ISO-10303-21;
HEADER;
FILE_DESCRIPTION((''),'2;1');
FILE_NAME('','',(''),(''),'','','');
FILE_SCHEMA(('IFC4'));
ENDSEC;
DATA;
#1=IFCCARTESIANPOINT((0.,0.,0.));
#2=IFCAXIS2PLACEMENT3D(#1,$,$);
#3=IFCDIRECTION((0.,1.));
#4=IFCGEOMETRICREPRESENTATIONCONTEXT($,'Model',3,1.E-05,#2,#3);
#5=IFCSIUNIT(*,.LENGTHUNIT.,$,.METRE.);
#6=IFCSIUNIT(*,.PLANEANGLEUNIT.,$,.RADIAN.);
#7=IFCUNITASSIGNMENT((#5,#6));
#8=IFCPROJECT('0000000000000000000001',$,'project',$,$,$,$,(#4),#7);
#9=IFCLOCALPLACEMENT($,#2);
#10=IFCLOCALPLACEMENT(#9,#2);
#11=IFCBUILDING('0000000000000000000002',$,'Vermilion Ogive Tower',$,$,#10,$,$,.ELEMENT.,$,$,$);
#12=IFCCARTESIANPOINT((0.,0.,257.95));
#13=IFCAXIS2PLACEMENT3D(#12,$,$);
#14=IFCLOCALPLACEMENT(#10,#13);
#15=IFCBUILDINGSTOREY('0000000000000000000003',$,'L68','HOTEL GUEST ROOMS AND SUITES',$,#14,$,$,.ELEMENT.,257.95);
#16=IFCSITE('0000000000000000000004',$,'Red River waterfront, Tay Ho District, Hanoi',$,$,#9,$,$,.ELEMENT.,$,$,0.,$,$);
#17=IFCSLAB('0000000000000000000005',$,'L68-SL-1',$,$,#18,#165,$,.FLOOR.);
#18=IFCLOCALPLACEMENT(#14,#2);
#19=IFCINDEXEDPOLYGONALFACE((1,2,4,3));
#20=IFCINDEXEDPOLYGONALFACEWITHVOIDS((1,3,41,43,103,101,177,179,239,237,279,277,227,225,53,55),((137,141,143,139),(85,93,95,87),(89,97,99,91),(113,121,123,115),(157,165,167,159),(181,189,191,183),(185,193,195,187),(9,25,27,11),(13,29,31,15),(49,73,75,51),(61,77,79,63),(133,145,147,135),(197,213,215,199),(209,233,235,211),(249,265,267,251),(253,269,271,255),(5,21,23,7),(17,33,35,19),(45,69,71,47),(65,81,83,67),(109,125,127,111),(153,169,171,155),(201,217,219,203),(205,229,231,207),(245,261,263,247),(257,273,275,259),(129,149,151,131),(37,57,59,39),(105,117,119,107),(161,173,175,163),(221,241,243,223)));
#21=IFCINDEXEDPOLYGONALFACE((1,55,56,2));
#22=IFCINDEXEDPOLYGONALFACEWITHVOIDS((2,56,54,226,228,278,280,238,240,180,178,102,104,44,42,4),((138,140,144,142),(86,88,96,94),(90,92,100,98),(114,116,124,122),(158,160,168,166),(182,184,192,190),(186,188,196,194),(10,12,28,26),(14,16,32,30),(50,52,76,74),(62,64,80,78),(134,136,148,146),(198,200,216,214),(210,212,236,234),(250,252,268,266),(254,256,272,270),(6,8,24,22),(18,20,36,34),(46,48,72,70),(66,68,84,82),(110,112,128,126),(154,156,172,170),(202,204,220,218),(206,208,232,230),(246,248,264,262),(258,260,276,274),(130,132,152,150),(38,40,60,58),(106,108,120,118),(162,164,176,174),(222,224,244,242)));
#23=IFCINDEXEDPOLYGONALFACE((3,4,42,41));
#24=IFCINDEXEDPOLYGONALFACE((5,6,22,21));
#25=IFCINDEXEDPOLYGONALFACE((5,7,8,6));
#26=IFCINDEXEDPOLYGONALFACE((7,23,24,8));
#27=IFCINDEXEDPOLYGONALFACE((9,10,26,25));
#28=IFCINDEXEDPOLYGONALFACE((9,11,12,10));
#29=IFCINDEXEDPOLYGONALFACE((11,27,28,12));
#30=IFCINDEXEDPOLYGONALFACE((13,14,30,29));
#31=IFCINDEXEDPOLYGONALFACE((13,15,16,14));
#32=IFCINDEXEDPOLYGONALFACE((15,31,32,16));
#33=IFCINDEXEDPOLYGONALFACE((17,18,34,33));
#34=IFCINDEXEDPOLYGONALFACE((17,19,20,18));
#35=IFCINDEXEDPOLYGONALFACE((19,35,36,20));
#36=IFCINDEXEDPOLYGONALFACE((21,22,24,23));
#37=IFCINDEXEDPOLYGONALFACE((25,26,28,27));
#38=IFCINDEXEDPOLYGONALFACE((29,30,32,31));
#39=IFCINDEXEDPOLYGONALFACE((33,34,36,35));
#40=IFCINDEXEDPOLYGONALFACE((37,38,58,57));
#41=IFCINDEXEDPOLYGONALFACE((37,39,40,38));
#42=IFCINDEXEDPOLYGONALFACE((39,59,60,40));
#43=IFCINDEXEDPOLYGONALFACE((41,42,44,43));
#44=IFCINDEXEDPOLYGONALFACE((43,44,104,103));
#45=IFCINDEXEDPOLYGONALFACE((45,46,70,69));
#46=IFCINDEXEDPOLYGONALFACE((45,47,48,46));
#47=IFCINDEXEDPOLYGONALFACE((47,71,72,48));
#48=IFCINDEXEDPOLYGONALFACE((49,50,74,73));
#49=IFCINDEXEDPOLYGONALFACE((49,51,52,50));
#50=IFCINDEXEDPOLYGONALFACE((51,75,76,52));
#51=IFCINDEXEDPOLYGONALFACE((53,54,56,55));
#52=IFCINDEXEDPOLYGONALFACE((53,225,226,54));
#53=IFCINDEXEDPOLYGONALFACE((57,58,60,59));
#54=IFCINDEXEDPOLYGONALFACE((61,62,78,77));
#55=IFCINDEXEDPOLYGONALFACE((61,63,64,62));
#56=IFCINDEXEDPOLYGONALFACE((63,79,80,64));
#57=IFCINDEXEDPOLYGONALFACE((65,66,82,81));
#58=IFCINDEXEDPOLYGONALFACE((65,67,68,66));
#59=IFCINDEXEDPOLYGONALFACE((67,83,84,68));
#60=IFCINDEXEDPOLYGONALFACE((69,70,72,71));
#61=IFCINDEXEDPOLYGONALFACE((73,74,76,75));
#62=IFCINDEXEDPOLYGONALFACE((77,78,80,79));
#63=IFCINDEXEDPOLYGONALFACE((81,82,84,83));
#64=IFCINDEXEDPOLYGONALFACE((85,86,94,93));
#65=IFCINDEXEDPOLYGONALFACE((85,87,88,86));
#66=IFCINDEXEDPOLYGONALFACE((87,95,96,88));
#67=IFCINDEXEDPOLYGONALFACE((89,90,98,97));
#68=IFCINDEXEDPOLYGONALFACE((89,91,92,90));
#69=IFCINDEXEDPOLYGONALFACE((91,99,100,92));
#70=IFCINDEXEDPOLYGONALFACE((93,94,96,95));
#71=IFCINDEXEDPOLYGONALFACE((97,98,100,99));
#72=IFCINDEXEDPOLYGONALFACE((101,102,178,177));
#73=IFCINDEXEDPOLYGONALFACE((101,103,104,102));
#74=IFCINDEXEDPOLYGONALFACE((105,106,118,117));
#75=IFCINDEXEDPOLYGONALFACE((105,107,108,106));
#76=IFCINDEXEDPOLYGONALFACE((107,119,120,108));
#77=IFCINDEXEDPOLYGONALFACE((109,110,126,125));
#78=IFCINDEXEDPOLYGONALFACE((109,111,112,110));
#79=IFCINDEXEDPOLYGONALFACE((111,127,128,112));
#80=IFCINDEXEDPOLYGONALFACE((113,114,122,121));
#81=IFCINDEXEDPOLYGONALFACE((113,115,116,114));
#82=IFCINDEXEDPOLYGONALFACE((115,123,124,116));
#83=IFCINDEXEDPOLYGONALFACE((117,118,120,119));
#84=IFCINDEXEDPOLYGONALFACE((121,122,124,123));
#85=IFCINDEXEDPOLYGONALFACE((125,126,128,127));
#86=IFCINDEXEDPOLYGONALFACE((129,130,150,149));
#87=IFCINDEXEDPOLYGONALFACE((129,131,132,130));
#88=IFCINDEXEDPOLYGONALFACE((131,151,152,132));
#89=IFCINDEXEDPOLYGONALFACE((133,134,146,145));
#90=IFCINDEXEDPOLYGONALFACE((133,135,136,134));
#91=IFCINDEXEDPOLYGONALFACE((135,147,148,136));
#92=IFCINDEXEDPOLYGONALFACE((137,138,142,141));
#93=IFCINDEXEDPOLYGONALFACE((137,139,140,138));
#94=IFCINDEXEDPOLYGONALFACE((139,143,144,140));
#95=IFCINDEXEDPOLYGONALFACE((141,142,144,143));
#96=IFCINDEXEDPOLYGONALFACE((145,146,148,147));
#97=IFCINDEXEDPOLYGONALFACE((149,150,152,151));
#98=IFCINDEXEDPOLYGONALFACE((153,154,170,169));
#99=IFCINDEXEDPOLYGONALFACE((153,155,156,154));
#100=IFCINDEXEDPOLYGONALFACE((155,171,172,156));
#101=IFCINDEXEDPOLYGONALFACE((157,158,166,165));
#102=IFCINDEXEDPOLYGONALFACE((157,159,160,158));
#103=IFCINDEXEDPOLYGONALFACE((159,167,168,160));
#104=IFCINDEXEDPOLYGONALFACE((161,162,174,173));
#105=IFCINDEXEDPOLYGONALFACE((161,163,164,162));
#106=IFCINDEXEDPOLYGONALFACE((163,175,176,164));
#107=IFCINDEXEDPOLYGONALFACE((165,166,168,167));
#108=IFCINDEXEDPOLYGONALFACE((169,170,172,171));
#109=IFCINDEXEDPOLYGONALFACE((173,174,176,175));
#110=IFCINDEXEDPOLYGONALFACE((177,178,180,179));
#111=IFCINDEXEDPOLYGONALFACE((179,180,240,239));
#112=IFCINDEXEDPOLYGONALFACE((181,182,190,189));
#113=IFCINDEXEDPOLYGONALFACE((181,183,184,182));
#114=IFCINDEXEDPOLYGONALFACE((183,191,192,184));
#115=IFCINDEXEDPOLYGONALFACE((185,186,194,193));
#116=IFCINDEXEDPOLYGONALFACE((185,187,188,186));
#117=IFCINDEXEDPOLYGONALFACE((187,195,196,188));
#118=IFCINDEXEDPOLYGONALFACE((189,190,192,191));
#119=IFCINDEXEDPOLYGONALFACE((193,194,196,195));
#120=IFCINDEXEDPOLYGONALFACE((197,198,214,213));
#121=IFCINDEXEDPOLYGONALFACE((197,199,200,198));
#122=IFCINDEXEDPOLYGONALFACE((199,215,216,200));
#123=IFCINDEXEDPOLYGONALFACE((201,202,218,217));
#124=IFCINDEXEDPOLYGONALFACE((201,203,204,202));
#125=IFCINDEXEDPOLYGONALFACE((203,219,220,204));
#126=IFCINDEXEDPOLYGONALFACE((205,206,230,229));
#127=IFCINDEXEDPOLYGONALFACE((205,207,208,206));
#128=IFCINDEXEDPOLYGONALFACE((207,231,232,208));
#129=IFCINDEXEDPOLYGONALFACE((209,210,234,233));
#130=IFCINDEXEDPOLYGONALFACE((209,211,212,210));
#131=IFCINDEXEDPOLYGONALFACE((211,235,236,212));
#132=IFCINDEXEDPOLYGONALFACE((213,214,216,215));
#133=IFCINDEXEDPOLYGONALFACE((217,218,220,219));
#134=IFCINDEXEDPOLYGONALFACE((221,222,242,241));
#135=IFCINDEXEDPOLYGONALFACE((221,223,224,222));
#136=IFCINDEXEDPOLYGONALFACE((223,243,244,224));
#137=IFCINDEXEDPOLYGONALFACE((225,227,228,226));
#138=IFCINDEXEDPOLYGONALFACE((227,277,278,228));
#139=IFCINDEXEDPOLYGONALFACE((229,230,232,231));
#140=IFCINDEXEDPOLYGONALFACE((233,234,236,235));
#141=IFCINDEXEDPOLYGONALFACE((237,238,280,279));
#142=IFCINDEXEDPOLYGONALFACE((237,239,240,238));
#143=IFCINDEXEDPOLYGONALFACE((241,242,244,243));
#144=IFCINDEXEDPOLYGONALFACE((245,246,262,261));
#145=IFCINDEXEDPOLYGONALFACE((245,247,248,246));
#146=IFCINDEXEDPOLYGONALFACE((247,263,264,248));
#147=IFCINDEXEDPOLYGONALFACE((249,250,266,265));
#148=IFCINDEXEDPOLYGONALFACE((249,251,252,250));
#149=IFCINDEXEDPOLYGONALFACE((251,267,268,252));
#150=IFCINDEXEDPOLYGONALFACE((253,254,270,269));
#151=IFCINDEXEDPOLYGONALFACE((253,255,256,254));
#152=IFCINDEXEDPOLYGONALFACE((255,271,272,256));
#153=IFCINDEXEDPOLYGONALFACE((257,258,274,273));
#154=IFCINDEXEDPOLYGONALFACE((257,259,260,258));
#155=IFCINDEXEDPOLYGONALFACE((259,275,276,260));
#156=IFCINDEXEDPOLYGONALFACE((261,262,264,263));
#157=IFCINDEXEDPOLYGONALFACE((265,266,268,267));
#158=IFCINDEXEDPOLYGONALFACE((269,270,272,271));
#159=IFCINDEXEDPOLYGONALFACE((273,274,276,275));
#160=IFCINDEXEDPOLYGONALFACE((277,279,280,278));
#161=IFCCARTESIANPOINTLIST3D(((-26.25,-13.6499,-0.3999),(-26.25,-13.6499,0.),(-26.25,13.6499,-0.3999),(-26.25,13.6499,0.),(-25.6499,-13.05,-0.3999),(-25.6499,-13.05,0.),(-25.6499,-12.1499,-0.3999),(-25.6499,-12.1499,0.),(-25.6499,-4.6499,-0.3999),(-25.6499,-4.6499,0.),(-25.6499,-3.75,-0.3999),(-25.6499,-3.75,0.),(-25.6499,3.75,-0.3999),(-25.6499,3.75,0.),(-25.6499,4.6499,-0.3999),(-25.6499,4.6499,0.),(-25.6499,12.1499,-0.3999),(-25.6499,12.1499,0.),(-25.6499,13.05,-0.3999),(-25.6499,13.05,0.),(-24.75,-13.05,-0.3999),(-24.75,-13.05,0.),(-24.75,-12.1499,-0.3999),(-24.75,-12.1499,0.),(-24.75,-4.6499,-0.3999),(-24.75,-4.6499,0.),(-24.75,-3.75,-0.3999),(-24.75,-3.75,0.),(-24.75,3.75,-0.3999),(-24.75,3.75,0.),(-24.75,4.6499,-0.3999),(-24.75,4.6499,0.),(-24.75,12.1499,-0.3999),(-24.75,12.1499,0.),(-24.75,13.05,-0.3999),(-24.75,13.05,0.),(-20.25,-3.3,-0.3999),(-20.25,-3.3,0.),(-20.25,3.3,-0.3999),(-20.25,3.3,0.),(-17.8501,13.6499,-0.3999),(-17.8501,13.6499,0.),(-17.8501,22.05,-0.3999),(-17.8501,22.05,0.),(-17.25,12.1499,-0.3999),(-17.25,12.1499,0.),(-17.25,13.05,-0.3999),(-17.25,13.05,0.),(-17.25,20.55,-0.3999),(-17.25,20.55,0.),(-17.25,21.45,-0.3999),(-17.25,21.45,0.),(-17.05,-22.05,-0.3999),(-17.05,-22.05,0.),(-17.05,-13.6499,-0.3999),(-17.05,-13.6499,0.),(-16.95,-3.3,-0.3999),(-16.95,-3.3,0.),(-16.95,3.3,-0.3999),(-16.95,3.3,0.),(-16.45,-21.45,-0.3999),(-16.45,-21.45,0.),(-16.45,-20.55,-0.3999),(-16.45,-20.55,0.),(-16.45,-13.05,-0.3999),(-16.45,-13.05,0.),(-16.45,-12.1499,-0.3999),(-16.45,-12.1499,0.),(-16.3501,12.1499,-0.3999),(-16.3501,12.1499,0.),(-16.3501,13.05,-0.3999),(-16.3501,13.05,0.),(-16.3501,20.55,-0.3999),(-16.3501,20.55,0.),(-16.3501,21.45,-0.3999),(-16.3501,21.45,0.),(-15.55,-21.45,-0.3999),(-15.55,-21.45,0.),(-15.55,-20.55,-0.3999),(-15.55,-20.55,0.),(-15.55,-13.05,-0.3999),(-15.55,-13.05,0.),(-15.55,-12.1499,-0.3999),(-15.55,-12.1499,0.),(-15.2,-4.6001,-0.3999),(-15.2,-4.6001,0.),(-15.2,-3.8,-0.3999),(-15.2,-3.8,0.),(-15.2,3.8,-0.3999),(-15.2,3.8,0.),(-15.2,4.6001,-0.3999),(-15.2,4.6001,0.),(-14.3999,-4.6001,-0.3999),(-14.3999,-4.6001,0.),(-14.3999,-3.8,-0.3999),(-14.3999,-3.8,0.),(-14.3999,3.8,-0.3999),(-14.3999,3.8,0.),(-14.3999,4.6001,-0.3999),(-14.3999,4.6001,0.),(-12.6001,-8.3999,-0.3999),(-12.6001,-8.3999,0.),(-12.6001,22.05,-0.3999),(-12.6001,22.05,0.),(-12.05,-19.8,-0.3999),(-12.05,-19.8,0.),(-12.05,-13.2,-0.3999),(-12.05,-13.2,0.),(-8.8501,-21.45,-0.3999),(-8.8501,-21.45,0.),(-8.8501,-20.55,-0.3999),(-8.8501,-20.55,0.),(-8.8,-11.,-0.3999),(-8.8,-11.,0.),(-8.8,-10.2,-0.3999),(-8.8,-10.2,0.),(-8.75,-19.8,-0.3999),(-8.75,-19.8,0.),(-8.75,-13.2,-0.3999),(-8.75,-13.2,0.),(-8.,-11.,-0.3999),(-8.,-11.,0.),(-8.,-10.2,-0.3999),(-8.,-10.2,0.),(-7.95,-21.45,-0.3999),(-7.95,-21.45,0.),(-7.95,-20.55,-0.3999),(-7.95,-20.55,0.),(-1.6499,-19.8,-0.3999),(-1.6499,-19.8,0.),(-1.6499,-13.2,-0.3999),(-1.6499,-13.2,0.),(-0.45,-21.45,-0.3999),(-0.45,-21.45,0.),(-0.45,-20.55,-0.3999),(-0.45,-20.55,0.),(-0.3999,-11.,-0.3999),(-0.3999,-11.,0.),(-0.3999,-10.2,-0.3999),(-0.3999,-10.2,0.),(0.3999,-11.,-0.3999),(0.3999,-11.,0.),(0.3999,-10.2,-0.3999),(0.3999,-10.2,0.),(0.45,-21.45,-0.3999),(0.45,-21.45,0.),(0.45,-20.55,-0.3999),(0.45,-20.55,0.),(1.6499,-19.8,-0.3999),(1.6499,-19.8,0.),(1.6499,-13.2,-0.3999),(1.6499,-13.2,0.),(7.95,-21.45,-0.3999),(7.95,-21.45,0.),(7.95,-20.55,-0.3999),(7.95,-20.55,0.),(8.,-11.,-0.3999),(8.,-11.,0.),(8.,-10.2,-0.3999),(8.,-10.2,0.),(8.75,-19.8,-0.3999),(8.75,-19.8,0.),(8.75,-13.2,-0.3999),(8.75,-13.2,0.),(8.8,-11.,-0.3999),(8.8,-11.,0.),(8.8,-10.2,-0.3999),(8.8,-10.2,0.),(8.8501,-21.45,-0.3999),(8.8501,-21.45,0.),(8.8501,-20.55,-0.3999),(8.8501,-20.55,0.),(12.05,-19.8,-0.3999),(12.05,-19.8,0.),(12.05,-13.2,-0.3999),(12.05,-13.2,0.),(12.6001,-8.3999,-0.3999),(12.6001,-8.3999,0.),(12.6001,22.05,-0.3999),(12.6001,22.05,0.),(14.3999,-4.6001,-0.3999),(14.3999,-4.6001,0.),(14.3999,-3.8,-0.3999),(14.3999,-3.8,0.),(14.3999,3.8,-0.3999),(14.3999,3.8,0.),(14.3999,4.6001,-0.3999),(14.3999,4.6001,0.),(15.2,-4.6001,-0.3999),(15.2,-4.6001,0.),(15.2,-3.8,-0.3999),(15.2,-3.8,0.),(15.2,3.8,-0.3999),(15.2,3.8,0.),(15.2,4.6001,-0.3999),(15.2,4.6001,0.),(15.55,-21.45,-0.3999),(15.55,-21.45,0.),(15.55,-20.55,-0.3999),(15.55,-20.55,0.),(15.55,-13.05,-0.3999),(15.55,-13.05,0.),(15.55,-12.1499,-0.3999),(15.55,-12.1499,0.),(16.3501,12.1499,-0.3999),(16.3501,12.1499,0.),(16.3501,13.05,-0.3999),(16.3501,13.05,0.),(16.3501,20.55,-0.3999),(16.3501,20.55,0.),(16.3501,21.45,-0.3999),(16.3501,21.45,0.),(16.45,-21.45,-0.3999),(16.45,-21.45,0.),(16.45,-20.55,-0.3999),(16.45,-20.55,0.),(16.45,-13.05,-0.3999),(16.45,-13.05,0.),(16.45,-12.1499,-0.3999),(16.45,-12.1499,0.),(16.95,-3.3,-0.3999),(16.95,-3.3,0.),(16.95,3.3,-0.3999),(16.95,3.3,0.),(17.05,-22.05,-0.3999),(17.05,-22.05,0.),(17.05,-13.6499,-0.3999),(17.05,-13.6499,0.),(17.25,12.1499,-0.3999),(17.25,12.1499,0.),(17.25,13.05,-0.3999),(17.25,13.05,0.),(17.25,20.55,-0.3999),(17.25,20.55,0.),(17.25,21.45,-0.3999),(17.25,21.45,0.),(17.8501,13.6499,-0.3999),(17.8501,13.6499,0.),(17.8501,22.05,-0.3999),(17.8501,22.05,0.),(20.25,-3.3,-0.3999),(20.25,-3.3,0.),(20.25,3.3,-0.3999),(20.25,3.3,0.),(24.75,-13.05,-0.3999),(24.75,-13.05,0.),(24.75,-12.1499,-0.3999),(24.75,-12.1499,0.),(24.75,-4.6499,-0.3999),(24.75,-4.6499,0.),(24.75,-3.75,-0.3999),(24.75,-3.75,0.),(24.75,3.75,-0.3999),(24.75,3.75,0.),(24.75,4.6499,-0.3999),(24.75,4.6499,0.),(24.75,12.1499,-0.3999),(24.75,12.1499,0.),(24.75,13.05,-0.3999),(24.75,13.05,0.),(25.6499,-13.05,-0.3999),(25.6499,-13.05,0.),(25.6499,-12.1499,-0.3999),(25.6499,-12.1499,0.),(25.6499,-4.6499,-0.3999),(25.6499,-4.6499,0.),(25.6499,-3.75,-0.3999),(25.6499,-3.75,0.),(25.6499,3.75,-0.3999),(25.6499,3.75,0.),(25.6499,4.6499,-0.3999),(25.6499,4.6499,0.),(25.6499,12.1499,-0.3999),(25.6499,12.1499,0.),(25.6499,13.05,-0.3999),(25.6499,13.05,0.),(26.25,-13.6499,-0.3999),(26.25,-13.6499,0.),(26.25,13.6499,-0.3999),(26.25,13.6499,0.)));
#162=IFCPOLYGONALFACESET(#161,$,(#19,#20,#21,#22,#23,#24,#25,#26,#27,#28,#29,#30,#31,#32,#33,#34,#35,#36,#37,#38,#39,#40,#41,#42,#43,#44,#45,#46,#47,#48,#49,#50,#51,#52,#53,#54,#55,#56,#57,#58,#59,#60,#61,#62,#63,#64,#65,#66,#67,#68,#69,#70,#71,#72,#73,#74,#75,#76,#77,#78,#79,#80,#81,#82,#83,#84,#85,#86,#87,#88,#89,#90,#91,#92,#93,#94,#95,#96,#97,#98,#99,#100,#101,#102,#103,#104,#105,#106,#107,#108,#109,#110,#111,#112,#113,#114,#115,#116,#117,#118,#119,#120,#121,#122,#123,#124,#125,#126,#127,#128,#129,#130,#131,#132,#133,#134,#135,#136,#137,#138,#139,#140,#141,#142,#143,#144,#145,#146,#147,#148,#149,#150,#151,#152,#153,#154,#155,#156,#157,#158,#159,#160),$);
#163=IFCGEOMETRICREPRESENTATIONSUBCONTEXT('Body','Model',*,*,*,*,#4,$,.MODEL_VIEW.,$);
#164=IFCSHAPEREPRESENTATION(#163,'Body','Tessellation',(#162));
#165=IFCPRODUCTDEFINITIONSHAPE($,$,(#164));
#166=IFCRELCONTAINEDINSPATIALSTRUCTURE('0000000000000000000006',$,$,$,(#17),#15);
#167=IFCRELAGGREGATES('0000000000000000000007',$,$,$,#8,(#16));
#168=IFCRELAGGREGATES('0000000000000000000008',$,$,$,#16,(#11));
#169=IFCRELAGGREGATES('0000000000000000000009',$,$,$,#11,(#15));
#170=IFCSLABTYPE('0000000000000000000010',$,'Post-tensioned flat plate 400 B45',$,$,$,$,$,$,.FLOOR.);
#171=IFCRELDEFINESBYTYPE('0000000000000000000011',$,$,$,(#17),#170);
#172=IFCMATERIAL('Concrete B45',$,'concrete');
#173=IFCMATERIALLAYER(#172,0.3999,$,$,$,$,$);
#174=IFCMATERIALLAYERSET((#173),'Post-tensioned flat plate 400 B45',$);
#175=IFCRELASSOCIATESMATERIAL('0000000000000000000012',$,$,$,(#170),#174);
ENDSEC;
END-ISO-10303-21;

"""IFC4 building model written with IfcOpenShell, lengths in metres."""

from ifc_helpers import new_model, si_unit, direction, frame, origin, place, context, subcontext, project, spatial, polyline, outline, extrude, material, layer, layer_set, type_object, element, save


model = new_model("IFC4")

# Units and contexts
model_context = context("Model", 3, precision=1e-05, world=origin(), true_north=direction((0.0, 1.0)))
body_context = subcontext(model_context, "Body", "Model", "MODEL_VIEW")
ifc_project = project(units=[si_unit("LENGTHUNIT", "METRE"), si_unit("PLANEANGLEUNIT", "RADIAN")], contexts=[model_context])

# Site, building, storey
site_placement = place(None, origin())
site = spatial("IfcSite", under=ifc_project, at=site_placement, Name="Red River waterfront, Tay Ho District, Hanoi", CompositionType="ELEMENT", RefElevation=0.0)
building_placement = place(site_placement, origin())
building = spatial("IfcBuilding", under=site, at=building_placement, Name="Vermilion Ogive Tower", CompositionType="ELEMENT")
storey_placement = place(building_placement, frame((0.0, 0.0, 257.95)))
storey = spatial("IfcBuildingStorey", under=building, at=storey_placement, Name="L68", Description="HOTEL GUEST ROOMS AND SUITES", CompositionType="ELEMENT", Elevation=257.95)

# Slab
ifc_material_1 = material(Name="Concrete B45", Category="concrete")
ifc_layer_1 = layer(ifc_material_1, 0.3999)
ifc_layer_set_1 = layer_set([ifc_layer_1], Name="Post-tensioned flat plate 400 B45")
slab_type_1 = type_object("IfcSlabType", Name="Post-tensioned flat plate 400 B45", PredefinedType="FLOOR", material=ifc_layer_set_1)
slab_1_placement = place(storey_placement, frame((0.0, 0.0, -0.3999)))
element("IfcSlab", 1, at=slab_1_placement, inside=storey, type_object=slab_type_1, Name="L68-SL-1", PredefinedType="FLOOR", context=body_context, shape_type="SweptSolid", body=[
    extrude(outline(polyline([(-17.05, -13.6499), (-26.25, -13.6499), (-26.25, 13.6499), (-17.8501, 13.6499), (-17.8501, 22.05), (-12.6001, 22.05), (-12.6001, -8.3999), (12.6001, -8.3999), (12.6001, 22.05), (17.8501, 22.05), (17.8501, 13.6499), (26.25, 13.6499), (26.25, -13.6499), (17.05, -13.6499), (17.05, -22.05), (-17.05, -22.05), (-17.05, -13.6499)]), holes=[polyline([(25.6499, -4.6499), (25.6499, -3.75), (24.75, -3.75), (24.75, -4.6499), (25.6499, -4.6499)]), polyline([(25.6499, -13.05), (25.6499, -12.1499), (24.75, -12.1499), (24.75, -13.05), (25.6499, -13.05)]), polyline([(24.75, 12.1499), (25.6499, 12.1499), (25.6499, 13.05), (24.75, 13.05), (24.75, 12.1499)]), polyline([(24.75, 3.75), (25.6499, 3.75), (25.6499, 4.6499), (24.75, 4.6499), (24.75, 3.75)]), polyline([(20.25, -3.3), (20.25, 3.3), (16.95, 3.3), (16.95, -3.3), (20.25, -3.3)]), polyline([(17.25, 12.1499), (17.25, 13.05), (16.3501, 13.05), (16.3501, 12.1499), (17.25, 12.1499)]), polyline([(16.3501, 20.55), (17.25, 20.55), (17.25, 21.45), (16.3501, 21.45), (16.3501, 20.55)]), polyline([(16.45, -13.05), (16.45, -12.1499), (15.55, -12.1499), (15.55, -13.05), (16.45, -13.05)]), polyline([(16.45, -21.45), (16.45, -20.55), (15.55, -20.55), (15.55, -21.45), (16.45, -21.45)]), polyline([(15.2, 3.8), (15.2, 4.6001), (14.3999, 4.6001), (14.3999, 3.8), (15.2, 3.8)]), polyline([(14.3999, -4.6001), (15.2, -4.6001), (15.2, -3.8), (14.3999, -3.8), (14.3999, -4.6001)]), polyline([(12.05, -19.8), (12.05, -13.2), (8.75, -13.2), (8.75, -19.8), (12.05, -19.8)]), polyline([(8.8501, -21.45), (8.8501, -20.55), (7.95, -20.55), (7.95, -21.45), (8.8501, -21.45)]), polyline([(8.0, -11.0), (8.8, -11.0), (8.8, -10.2), (8.0, -10.2), (8.0, -11.0)]), polyline([(1.6499, -19.8), (1.6499, -13.2), (-1.6499, -13.2), (-1.6499, -19.8), (1.6499, -19.8)]), polyline([(0.45, -21.45), (0.45, -20.55), (-0.45, -20.55), (-0.45, -21.45), (0.45, -21.45)]), polyline([(0.3999, -11.0), (0.3999, -10.2), (-0.3999, -10.2), (-0.3999, -11.0), (0.3999, -11.0)]), polyline([(-7.95, -21.45), (-7.95, -20.55), (-8.8501, -20.55), (-8.8501, -21.45), (-7.95, -21.45)]), polyline([(-8.0, -11.0), (-8.0, -10.2), (-8.8, -10.2), (-8.8, -11.0), (-8.0, -11.0)]), polyline([(-8.75, -19.8), (-8.75, -13.2), (-12.05, -13.2), (-12.05, -19.8), (-8.75, -19.8)]), polyline([(-14.3999, 3.8), (-14.3999, 4.6001), (-15.2, 4.6001), (-15.2, 3.8), (-14.3999, 3.8)]), polyline([(-15.2, -4.6001), (-14.3999, -4.6001), (-14.3999, -3.8), (-15.2, -3.8), (-15.2, -4.6001)]), polyline([(-15.55, -13.05), (-15.55, -12.1499), (-16.45, -12.1499), (-16.45, -13.05), (-15.55, -13.05)]), polyline([(-15.55, -21.45), (-15.55, -20.55), (-16.45, -20.55), (-16.45, -21.45), (-15.55, -21.45)]), polyline([(-16.3501, 12.1499), (-16.3501, 13.05), (-17.25, 13.05), (-17.25, 12.1499), (-16.3501, 12.1499)]), polyline([(-17.25, 20.55), (-16.3501, 20.55), (-16.3501, 21.45), (-17.25, 21.45), (-17.25, 20.55)]), polyline([(-16.95, -3.3), (-16.95, 3.3), (-20.25, 3.3), (-20.25, -3.3), (-16.95, -3.3)]), polyline([(-25.6499, 3.75), (-24.75, 3.75), (-24.75, 4.6499), (-25.6499, 4.6499), (-25.6499, 3.75)]), polyline([(-24.75, 12.1499), (-24.75, 13.05), (-25.6499, 13.05), (-25.6499, 12.1499), (-24.75, 12.1499)]), polyline([(-24.75, -4.6499), (-24.75, -3.75), (-25.6499, -3.75), (-25.6499, -4.6499), (-24.75, -4.6499)]), polyline([(-24.75, -13.05), (-24.75, -12.1499), (-25.6499, -12.1499), (-25.6499, -13.05), (-24.75, -13.05)])]), origin(), (0.0, 0.0, 1.0), 0.3999),
])

save(model, "model.ifc")
